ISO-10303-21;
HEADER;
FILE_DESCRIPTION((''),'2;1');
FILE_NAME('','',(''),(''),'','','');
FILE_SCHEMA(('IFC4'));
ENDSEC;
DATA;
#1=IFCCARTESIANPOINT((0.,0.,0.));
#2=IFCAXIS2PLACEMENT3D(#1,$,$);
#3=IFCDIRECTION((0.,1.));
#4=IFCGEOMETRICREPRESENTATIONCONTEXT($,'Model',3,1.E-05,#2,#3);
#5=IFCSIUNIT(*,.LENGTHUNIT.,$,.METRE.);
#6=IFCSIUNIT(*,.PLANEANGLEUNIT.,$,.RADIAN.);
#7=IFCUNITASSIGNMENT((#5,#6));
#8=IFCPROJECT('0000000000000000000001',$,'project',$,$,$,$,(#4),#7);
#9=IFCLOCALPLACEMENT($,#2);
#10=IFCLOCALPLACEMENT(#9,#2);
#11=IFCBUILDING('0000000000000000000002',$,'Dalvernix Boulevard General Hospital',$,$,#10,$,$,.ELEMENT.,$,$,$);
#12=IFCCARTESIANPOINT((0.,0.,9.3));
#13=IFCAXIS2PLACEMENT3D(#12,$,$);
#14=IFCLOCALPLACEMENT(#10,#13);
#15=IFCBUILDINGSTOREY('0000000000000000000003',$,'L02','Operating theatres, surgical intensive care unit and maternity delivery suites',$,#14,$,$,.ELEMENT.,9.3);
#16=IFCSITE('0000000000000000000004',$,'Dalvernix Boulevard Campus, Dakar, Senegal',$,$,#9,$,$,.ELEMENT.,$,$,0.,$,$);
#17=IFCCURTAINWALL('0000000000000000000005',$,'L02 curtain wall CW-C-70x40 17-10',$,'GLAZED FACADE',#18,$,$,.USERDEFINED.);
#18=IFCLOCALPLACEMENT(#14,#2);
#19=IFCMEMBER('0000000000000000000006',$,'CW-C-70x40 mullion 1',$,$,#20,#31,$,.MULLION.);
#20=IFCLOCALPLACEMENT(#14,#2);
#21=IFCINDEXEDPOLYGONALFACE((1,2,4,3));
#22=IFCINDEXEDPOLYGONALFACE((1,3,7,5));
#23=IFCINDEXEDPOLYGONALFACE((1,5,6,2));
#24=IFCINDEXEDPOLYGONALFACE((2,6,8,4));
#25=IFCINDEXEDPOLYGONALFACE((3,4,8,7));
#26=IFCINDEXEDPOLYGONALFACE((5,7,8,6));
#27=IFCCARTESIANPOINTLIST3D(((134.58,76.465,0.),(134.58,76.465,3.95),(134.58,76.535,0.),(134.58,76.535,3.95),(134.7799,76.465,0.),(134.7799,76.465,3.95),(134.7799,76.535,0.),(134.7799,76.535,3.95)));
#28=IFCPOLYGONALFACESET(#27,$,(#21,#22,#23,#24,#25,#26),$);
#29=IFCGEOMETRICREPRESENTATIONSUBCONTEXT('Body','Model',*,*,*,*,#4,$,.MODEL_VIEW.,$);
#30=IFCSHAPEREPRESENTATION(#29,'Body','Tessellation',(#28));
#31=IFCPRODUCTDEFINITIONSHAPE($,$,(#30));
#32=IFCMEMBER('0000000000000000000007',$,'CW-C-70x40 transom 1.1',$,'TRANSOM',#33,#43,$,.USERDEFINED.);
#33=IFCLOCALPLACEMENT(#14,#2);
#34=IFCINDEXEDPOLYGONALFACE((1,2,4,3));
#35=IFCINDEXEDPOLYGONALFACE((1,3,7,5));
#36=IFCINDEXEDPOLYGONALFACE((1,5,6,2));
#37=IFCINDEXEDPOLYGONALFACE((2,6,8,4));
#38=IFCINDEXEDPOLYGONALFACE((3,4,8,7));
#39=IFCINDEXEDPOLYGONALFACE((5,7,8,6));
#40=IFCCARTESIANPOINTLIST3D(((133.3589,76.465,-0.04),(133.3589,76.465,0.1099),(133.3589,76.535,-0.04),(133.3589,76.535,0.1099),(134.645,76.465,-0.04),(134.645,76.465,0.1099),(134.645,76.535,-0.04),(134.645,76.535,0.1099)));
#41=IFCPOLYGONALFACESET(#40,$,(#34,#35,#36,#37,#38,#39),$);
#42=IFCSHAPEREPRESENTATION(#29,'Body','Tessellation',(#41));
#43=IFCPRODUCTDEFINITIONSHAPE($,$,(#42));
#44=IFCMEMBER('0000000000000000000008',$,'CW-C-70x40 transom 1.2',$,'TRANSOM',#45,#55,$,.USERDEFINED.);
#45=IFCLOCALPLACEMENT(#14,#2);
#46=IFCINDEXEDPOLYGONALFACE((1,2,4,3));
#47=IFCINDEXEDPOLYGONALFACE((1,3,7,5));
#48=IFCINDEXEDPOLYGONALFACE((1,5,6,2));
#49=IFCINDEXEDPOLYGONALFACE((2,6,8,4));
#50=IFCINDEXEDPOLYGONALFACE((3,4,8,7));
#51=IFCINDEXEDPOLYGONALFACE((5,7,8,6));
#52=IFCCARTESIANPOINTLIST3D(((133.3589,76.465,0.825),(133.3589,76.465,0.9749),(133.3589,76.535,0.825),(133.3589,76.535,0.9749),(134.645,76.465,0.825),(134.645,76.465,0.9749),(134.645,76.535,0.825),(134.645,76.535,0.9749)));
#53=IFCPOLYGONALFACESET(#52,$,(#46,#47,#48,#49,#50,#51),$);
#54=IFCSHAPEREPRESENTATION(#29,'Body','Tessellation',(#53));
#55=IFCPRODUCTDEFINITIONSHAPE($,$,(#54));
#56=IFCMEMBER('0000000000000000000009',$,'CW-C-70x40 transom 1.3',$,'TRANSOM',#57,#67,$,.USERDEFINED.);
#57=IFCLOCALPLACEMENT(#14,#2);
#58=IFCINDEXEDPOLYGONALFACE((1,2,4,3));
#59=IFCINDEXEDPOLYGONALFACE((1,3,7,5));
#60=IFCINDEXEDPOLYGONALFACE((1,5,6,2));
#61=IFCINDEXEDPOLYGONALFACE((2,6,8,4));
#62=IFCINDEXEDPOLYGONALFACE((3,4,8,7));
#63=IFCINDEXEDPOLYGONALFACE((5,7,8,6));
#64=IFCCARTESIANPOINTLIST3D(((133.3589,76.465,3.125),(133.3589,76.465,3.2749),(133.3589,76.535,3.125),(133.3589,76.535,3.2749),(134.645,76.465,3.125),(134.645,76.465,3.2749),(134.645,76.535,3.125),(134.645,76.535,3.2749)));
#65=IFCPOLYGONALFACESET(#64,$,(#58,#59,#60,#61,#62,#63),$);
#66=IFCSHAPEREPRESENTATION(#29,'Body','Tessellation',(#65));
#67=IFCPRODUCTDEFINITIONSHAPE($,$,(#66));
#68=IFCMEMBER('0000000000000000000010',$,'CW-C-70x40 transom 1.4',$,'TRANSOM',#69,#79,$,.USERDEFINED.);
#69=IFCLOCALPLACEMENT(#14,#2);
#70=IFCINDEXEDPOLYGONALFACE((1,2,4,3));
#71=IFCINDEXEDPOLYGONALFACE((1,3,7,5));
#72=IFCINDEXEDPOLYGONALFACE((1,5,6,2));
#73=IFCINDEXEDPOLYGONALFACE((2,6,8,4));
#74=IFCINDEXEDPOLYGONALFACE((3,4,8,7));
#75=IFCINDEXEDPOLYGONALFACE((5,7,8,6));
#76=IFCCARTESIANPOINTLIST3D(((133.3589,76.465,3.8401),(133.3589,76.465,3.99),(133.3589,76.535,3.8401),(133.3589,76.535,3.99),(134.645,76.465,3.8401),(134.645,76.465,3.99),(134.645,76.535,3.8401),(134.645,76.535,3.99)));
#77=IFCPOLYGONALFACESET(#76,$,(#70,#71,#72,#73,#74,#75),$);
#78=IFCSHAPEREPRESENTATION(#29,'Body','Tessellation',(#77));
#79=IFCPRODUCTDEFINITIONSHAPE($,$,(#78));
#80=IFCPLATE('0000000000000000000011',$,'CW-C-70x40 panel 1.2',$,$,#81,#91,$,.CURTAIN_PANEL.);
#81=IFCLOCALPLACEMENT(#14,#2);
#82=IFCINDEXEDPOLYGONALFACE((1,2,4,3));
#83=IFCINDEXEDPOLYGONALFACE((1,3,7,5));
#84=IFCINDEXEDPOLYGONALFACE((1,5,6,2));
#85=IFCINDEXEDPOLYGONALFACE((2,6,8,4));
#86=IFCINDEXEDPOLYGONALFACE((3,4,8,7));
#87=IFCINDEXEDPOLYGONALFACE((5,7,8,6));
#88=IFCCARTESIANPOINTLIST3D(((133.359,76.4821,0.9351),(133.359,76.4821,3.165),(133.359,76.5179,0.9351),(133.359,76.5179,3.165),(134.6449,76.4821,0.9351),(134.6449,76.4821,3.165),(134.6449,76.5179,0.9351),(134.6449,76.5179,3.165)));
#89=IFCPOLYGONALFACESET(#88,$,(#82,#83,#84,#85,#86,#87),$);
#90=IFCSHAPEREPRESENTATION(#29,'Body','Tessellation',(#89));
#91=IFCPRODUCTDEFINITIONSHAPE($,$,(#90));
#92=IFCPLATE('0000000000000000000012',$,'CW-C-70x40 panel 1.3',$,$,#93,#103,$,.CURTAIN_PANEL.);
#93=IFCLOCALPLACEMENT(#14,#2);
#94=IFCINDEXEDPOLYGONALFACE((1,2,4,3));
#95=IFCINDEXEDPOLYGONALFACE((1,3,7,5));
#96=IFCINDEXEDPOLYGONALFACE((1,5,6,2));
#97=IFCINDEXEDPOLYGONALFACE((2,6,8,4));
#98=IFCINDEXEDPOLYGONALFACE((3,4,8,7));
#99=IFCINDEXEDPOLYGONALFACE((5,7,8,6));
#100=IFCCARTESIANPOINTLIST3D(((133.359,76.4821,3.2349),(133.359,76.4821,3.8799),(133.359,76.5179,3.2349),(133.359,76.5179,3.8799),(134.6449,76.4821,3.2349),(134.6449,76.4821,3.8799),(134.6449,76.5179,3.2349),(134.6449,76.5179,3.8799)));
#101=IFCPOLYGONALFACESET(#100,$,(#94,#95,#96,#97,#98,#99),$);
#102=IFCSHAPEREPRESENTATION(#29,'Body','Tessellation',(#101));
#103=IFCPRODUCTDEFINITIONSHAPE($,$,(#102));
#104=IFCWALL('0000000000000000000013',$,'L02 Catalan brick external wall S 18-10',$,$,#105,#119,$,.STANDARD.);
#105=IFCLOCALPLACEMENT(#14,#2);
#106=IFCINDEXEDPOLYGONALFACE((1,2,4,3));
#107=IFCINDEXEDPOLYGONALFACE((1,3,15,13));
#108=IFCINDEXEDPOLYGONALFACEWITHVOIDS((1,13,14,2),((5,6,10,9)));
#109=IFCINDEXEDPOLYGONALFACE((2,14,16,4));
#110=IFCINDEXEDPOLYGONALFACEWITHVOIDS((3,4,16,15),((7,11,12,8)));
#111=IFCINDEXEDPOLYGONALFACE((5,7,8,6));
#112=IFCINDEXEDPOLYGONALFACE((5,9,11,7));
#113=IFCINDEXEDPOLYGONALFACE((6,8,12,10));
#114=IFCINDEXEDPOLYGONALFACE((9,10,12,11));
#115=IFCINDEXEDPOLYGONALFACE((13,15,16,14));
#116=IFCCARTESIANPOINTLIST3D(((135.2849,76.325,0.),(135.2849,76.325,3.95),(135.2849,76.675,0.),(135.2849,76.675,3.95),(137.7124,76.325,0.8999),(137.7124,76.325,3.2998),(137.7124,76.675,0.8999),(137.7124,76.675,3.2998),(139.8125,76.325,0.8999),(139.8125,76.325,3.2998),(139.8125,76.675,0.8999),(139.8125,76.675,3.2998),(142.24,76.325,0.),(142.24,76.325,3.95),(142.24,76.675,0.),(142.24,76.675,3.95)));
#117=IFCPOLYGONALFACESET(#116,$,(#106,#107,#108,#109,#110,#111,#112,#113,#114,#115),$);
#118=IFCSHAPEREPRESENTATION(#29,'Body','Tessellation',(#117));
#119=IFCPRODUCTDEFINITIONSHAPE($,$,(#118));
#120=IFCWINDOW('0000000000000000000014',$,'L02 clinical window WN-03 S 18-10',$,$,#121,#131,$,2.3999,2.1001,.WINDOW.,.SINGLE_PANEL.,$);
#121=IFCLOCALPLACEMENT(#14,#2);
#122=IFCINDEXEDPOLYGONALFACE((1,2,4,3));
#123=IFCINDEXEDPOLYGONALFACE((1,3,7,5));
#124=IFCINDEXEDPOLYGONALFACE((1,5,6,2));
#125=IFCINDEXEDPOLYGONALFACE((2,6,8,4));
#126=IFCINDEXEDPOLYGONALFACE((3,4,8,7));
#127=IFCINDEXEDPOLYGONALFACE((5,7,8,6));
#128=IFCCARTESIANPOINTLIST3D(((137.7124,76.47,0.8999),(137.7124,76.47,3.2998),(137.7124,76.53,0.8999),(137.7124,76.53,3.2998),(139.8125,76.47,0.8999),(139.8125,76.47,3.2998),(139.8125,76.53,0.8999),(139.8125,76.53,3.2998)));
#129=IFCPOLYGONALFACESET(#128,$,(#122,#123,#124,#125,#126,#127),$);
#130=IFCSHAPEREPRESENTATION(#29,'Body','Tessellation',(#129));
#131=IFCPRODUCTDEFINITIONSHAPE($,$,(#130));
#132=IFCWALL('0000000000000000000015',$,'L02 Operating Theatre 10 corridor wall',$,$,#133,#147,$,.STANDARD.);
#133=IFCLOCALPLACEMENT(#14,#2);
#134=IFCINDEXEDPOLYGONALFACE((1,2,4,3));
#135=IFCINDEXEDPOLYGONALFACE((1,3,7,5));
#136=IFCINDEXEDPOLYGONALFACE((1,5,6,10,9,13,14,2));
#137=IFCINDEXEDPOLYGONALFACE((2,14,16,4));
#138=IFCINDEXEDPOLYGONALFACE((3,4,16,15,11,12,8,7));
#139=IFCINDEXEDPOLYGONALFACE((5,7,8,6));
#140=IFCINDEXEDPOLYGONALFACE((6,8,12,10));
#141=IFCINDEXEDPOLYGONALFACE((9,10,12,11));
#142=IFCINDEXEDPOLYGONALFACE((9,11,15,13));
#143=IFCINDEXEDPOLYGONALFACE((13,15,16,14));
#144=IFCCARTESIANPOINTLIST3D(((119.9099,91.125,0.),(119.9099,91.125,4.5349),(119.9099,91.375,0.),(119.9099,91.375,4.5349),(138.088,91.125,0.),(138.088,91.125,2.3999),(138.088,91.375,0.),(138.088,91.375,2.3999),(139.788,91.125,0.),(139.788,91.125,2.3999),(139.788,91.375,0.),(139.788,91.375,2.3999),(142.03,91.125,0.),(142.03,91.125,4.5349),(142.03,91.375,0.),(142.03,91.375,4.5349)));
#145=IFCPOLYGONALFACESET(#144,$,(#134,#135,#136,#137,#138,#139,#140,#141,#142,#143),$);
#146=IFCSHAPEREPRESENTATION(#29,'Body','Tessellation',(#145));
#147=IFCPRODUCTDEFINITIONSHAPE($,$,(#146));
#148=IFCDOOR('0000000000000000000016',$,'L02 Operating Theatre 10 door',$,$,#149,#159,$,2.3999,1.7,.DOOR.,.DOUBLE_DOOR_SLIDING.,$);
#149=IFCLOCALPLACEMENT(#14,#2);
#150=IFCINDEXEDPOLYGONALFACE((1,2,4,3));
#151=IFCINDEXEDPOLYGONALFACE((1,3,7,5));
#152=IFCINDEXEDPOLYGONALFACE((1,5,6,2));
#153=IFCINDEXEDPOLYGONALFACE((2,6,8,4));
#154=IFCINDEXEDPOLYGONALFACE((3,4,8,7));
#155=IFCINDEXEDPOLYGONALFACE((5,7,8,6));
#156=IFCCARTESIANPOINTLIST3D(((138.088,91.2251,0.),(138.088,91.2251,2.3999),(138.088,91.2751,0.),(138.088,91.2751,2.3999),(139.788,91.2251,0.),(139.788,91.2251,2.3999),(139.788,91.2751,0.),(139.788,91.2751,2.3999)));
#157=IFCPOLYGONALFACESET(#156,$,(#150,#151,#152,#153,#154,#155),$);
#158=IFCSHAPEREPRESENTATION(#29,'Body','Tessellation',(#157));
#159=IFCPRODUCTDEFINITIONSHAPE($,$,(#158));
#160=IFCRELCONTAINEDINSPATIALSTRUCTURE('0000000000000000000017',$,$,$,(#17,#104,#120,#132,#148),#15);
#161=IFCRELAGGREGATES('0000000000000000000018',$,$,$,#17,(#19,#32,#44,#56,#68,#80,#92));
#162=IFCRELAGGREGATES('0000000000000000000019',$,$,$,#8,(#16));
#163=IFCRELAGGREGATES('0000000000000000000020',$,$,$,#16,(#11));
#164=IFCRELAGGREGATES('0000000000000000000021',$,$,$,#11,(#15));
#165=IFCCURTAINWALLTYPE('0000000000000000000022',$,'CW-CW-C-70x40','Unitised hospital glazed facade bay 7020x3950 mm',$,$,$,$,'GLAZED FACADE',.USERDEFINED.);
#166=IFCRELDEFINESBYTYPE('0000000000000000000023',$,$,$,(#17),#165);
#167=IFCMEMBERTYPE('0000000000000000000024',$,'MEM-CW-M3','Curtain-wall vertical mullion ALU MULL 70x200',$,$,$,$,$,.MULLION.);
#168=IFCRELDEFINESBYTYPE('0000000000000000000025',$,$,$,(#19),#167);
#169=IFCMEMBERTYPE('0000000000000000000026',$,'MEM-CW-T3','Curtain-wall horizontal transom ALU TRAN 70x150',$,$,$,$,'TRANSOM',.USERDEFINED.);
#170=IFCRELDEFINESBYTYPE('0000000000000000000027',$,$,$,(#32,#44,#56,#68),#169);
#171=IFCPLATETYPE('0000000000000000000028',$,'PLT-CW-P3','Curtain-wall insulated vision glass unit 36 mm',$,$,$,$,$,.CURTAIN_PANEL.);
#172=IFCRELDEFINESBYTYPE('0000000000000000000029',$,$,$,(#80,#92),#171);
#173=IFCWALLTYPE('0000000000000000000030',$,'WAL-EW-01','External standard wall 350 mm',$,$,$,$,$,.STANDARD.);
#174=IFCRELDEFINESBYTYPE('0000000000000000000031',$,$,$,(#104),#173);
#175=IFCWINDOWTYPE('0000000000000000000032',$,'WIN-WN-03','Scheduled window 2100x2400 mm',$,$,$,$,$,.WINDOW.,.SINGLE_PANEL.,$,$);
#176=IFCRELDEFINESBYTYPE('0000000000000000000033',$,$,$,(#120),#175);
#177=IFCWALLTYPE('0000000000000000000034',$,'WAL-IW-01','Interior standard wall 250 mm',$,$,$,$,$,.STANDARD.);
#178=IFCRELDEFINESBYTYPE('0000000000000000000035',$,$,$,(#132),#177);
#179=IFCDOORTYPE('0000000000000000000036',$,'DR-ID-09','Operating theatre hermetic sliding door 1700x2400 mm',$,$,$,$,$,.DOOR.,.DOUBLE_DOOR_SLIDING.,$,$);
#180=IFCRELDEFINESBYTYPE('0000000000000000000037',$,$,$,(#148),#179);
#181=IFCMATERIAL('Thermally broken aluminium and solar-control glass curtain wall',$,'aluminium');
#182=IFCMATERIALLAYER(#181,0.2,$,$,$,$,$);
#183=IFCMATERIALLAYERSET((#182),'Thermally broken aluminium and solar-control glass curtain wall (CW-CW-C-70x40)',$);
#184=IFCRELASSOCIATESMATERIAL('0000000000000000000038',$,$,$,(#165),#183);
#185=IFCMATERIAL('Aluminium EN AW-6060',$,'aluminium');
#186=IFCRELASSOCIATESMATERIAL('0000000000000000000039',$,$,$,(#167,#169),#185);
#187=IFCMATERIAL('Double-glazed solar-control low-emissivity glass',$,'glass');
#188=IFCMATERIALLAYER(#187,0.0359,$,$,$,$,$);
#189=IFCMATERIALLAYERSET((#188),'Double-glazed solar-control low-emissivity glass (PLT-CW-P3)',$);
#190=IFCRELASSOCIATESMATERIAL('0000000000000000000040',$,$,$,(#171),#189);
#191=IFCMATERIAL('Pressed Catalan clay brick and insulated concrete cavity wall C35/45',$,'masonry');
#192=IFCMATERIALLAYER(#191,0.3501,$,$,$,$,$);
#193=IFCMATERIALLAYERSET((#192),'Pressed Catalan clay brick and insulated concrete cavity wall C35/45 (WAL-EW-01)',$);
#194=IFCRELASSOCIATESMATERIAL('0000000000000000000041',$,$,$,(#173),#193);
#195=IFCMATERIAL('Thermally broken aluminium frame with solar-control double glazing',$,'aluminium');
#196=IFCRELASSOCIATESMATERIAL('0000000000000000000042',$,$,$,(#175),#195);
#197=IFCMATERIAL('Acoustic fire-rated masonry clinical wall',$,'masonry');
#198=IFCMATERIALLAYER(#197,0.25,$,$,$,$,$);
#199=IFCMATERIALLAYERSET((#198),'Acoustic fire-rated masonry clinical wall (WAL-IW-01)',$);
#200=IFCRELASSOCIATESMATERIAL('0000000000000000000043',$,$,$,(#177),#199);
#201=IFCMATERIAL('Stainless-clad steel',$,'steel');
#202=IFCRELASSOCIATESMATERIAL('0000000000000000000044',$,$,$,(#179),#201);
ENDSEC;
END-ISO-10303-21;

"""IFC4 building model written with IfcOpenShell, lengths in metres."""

from ifc_helpers import new_model, si_unit, direction, frame, frame_2d, origin, origin_2d, place, context, subcontext, project, spatial, rectangle, extrude, material, layer, layer_set, material_profile, profile_set, type_object, element, fill, aggregate, save


model = new_model("IFC4")

# Units and contexts
model_context = context("Model", 3, precision=1e-05, world=origin(), true_north=direction((0.0, 1.0)))
body_context = subcontext(model_context, "Body", "Model", "MODEL_VIEW")
ifc_project = project(units=[si_unit("LENGTHUNIT", "METRE"), si_unit("PLANEANGLEUNIT", "RADIAN")], contexts=[model_context])

# Site, building, storey
site_placement = place(None, origin())
site = spatial("IfcSite", under=ifc_project, at=site_placement, Name="Dalvernix Boulevard Campus, Dakar, Senegal", CompositionType="ELEMENT", RefElevation=0.0)
building_placement = place(site_placement, origin())
building = spatial("IfcBuilding", under=site, at=building_placement, Name="Dalvernix Boulevard General Hospital", CompositionType="ELEMENT")
storey_placement = place(building_placement, frame((0.0, 0.0, 9.3)))
storey = spatial("IfcBuildingStorey", under=building, at=storey_placement, Name="L02", Description="Operating theatres, surgical intensive care unit and maternity delivery suites", CompositionType="ELEMENT", Elevation=9.3)

# Curtain wall, members, plates
ifc_material_1 = material(Name="Thermally broken aluminium and solar-control glass curtain wall", Category="aluminium")
ifc_layer_1 = layer(ifc_material_1, 0.2)
ifc_layer_set_1 = layer_set([ifc_layer_1], Name="Thermally broken aluminium and solar-control glass curtain wall (CW-CW-C-70x40)")
curtain_wall_type = type_object("IfcCurtainWallType", Name="CW-CW-C-70x40", Description="Unitised hospital glazed facade bay 7020x3950 mm", ElementType="GLAZED FACADE", PredefinedType="USERDEFINED", material=ifc_layer_set_1)
curtain_wall_placement = place(storey_placement, origin())
curtain_wall = element("IfcCurtainWall", 1, at=curtain_wall_placement, inside=storey, type_object=curtain_wall_type, Name="L02 curtain wall CW-C-70x40 17-10", ObjectType="GLAZED FACADE", PredefinedType="USERDEFINED")
ifc_material_2 = material(Name="Aluminium EN AW-6060", Category="aluminium")
ifc_material_profile_1 = material_profile(ifc_material_2, rectangle(XDim=0.0701, YDim=0.2, at=origin_2d()), Name="ALU MULL 70x200")
ifc_profile_set_1 = profile_set([ifc_material_profile_1], Name="Aluminium EN AW-6060")
member_type_1 = type_object("IfcMemberType", Name="MEM-CW-M3", Description="Curtain-wall vertical mullion ALU MULL 70x200", PredefinedType="MULLION", material=ifc_profile_set_1)
member_1_placement = place(storey_placement, frame((134.6799, 76.5, 0.0), z_axis=(0.0, 0.0, 1.0), x_axis=(0.0, -1.0, 0.0)))
member_1 = element("IfcMember", 2, at=member_1_placement, type_object=member_type_1, Name="CW-C-70x40 mullion 1", PredefinedType="MULLION", context=body_context, shape_type="SweptSolid", body=[
    extrude(rectangle(XDim=0.0701, YDim=0.2, at=origin_2d()), origin(), (0.0, 0.0, 1.0), 3.95),
])
ifc_material_profile_2 = material_profile(ifc_material_2, rectangle(XDim=0.0701, YDim=0.1499, at=origin_2d()), Name="ALU TRAN 70x150")
ifc_profile_set_2 = profile_set([ifc_material_profile_2], Name="Aluminium EN AW-6060")
member_type_2 = type_object("IfcMemberType", Name="MEM-CW-T3", Description="Curtain-wall horizontal transom ALU TRAN 70x150", ElementType="TRANSOM", PredefinedType="USERDEFINED", material=ifc_profile_set_2)
member_2_placement = place(storey_placement, frame((134.645, 76.5, 0.0349), z_axis=(-1.0, 0.0, 0.0), x_axis=(0.0, -1.0, 0.0)))
member_2 = element("IfcMember", 3, at=member_2_placement, type_object=member_type_2, Name="CW-C-70x40 transom 1.1", ObjectType="TRANSOM", PredefinedType="USERDEFINED", context=body_context, shape_type="SweptSolid", body=[
    extrude(rectangle(XDim=0.0701, YDim=0.1499, at=origin_2d()), origin(), (0.0, 0.0, 1.0), 1.2861),
])
member_3_placement = place(storey_placement, frame((134.645, 76.5, 0.8999), z_axis=(-1.0, 0.0, 0.0), x_axis=(0.0, -1.0, 0.0)))
member_3 = element("IfcMember", 4, at=member_3_placement, type_object=member_type_2, Name="CW-C-70x40 transom 1.2", ObjectType="TRANSOM", PredefinedType="USERDEFINED", context=body_context, shape_type="SweptSolid", body=[
    extrude(rectangle(XDim=0.0701, YDim=0.1499, at=origin_2d()), origin(), (0.0, 0.0, 1.0), 1.2861),
])
member_4_placement = place(storey_placement, frame((134.645, 76.5, 3.2), z_axis=(-1.0, 0.0, 0.0), x_axis=(0.0, -1.0, 0.0)))
member_4 = element("IfcMember", 5, at=member_4_placement, type_object=member_type_2, Name="CW-C-70x40 transom 1.3", ObjectType="TRANSOM", PredefinedType="USERDEFINED", context=body_context, shape_type="SweptSolid", body=[
    extrude(rectangle(XDim=0.0701, YDim=0.1499, at=origin_2d()), origin(), (0.0, 0.0, 1.0), 1.2861),
])
member_5_placement = place(storey_placement, frame((134.645, 76.5, 3.915), z_axis=(-1.0, 0.0, 0.0), x_axis=(0.0, -1.0, 0.0)))
member_5 = element("IfcMember", 6, at=member_5_placement, type_object=member_type_2, Name="CW-C-70x40 transom 1.4", ObjectType="TRANSOM", PredefinedType="USERDEFINED", context=body_context, shape_type="SweptSolid", body=[
    extrude(rectangle(XDim=0.0701, YDim=0.1499, at=origin_2d()), origin(), (0.0, 0.0, 1.0), 1.2861),
])
ifc_material_3 = material(Name="Double-glazed solar-control low-emissivity glass", Category="glass")
ifc_layer_2 = layer(ifc_material_3, 0.0359)
ifc_layer_set_2 = layer_set([ifc_layer_2], Name="Double-glazed solar-control low-emissivity glass (PLT-CW-P3)")
plate_type = type_object("IfcPlateType", Name="PLT-CW-P3", Description="Curtain-wall insulated vision glass unit 36 mm", PredefinedType="CURTAIN_PANEL", material=ifc_layer_set_2)
plate_1_placement = place(storey_placement, frame((134.002, 76.5, 0.9351), z_axis=(0.0, 0.0, 1.0), x_axis=(-1.0, 0.0, 0.0)))
plate_1 = element("IfcPlate", 7, at=plate_1_placement, type_object=plate_type, Name="CW-C-70x40 panel 1.2", PredefinedType="CURTAIN_PANEL", context=body_context, shape_type="SweptSolid", body=[
    extrude(rectangle(XDim=1.2859, YDim=0.0359, at=origin_2d()), origin(), (0.0, 0.0, 1.0), 2.23),
])
plate_2_placement = place(storey_placement, frame((134.002, 76.5, 3.2349), z_axis=(0.0, 0.0, 1.0), x_axis=(-1.0, 0.0, 0.0)))
plate_2 = element("IfcPlate", 8, at=plate_2_placement, type_object=plate_type, Name="CW-C-70x40 panel 1.3", PredefinedType="CURTAIN_PANEL", context=body_context, shape_type="SweptSolid", body=[
    extrude(rectangle(XDim=1.2859, YDim=0.0359, at=origin_2d()), origin(), (0.0, 0.0, 1.0), 0.645),
])
aggregate(curtain_wall, [member_1, member_2, member_3, member_4, member_5, plate_1, plate_2])

# Wall, opening, window
ifc_material_4 = material(Name="Pressed Catalan clay brick and insulated concrete cavity wall C35/45", Category="masonry")
ifc_layer_3 = layer(ifc_material_4, 0.3501)
ifc_layer_set_3 = layer_set([ifc_layer_3], Name="Pressed Catalan clay brick and insulated concrete cavity wall C35/45 (WAL-EW-01)")
wall_type_1 = type_object("IfcWallType", Name="WAL-EW-01", Description="External standard wall 350 mm", PredefinedType="STANDARD", material=ifc_layer_set_3)
wall_1_placement = place(storey_placement, frame((142.24, 76.5, 0.0), z_axis=(0.0, 0.0, 1.0), x_axis=(-1.0, 0.0, 0.0)))
wall_1 = element("IfcWall", 9, at=wall_1_placement, inside=storey, type_object=wall_type_1, Name="L02 Catalan brick external wall S 18-10", PredefinedType="STANDARD", context=body_context, shape_type="SweptSolid", body=[
    extrude(rectangle(XDim=6.9551, YDim=0.3501, at=frame_2d((3.4775, 0.0))), origin(), (0.0, 0.0, 1.0), 3.95),
])
opening_1_placement = place(wall_1_placement, frame((2.4275, 0.0, 0.8999)))
opening_1 = element("IfcOpeningElement", 10, at=opening_1_placement, cuts=wall_1, PredefinedType="OPENING", context=body_context, shape_type="SweptSolid", body=[
    extrude(rectangle(XDim=2.1001, YDim=2.3999, at=frame_2d((1.05, 1.2))), frame((0.0, 0.1851, 0.0), z_axis=(0.0, -1.0, 0.0), x_axis=(1.0, 0.0, 0.0)), (0.0, 0.0, 1.0), 0.3701),
])
ifc_material_5 = material(Name="Thermally broken aluminium frame with solar-control double glazing", Category="aluminium")
window_type = type_object("IfcWindowType", Name="WIN-WN-03", Description="Scheduled window 2100x2400 mm", PartitioningType="SINGLE_PANEL", PredefinedType="WINDOW", material=ifc_material_5)
window_placement = place(opening_1_placement, origin())
window = element("IfcWindow", 11, at=window_placement, inside=storey, type_object=window_type, Name="L02 clinical window WN-03 S 18-10", OverallHeight=2.3999, OverallWidth=2.1001, PartitioningType="SINGLE_PANEL", PredefinedType="WINDOW", context=body_context, shape_type="SweptSolid", body=[
    extrude(rectangle(XDim=2.1001, YDim=2.3999, at=frame_2d((1.05, 1.2))), frame((0.0, 0.03, 0.0), z_axis=(0.0, -1.0, 0.0), x_axis=(1.0, 0.0, 0.0)), (0.0, 0.0, 1.0), 0.0601),
])
fill(opening_1, window)

# Wall, opening, door
ifc_material_6 = material(Name="Acoustic fire-rated masonry clinical wall", Category="masonry")
ifc_layer_4 = layer(ifc_material_6, 0.25)
ifc_layer_set_4 = layer_set([ifc_layer_4], Name="Acoustic fire-rated masonry clinical wall (WAL-IW-01)")
wall_type_2 = type_object("IfcWallType", Name="WAL-IW-01", Description="Interior standard wall 250 mm", PredefinedType="STANDARD", material=ifc_layer_set_4)
wall_2_placement = place(storey_placement, frame((142.03, 91.25, 0.0), z_axis=(0.0, 0.0, 1.0), x_axis=(-1.0, 0.0, 0.0)))
wall_2 = element("IfcWall", 12, at=wall_2_placement, inside=storey, type_object=wall_type_2, Name="L02 Operating Theatre 10 corridor wall", PredefinedType="STANDARD", context=body_context, shape_type="SweptSolid", body=[
    extrude(rectangle(XDim=22.1201, YDim=0.25, at=frame_2d((11.0601, 0.0))), origin(), (0.0, 0.0, 1.0), 4.5349),
])
opening_2_placement = place(wall_2_placement, frame((2.2419, 0.0, 0.0)))
opening_2 = element("IfcOpeningElement", 13, at=opening_2_placement, cuts=wall_2, PredefinedType="OPENING", context=body_context, shape_type="SweptSolid", body=[
    extrude(rectangle(XDim=1.7, YDim=2.3999, at=frame_2d((0.8501, 1.2))), frame((0.0, 0.135, 0.0), z_axis=(0.0, -1.0, 0.0), x_axis=(1.0, 0.0, 0.0)), (0.0, 0.0, 1.0), 0.27),
])
ifc_material_7 = material(Name="Stainless-clad steel", Category="steel")
door_type = type_object("IfcDoorType", Name="DR-ID-09", Description="Operating theatre hermetic sliding door 1700x2400 mm", OperationType="DOUBLE_DOOR_SLIDING", PredefinedType="DOOR", material=ifc_material_7)
door_placement = place(opening_2_placement, origin())
door = element("IfcDoor", 14, at=door_placement, inside=storey, type_object=door_type, Name="L02 Operating Theatre 10 door", OperationType="DOUBLE_DOOR_SLIDING", OverallHeight=2.3999, OverallWidth=1.7, PredefinedType="DOOR", context=body_context, shape_type="SweptSolid", body=[
    extrude(rectangle(XDim=1.7, YDim=2.3999, at=frame_2d((0.8501, 1.2))), frame((0.0, 0.0249, 0.0), z_axis=(0.0, -1.0, 0.0), x_axis=(1.0, 0.0, 0.0)), (0.0, 0.0, 1.0), 0.05),
])
fill(opening_2, door)

save(model, "model.ifc")
